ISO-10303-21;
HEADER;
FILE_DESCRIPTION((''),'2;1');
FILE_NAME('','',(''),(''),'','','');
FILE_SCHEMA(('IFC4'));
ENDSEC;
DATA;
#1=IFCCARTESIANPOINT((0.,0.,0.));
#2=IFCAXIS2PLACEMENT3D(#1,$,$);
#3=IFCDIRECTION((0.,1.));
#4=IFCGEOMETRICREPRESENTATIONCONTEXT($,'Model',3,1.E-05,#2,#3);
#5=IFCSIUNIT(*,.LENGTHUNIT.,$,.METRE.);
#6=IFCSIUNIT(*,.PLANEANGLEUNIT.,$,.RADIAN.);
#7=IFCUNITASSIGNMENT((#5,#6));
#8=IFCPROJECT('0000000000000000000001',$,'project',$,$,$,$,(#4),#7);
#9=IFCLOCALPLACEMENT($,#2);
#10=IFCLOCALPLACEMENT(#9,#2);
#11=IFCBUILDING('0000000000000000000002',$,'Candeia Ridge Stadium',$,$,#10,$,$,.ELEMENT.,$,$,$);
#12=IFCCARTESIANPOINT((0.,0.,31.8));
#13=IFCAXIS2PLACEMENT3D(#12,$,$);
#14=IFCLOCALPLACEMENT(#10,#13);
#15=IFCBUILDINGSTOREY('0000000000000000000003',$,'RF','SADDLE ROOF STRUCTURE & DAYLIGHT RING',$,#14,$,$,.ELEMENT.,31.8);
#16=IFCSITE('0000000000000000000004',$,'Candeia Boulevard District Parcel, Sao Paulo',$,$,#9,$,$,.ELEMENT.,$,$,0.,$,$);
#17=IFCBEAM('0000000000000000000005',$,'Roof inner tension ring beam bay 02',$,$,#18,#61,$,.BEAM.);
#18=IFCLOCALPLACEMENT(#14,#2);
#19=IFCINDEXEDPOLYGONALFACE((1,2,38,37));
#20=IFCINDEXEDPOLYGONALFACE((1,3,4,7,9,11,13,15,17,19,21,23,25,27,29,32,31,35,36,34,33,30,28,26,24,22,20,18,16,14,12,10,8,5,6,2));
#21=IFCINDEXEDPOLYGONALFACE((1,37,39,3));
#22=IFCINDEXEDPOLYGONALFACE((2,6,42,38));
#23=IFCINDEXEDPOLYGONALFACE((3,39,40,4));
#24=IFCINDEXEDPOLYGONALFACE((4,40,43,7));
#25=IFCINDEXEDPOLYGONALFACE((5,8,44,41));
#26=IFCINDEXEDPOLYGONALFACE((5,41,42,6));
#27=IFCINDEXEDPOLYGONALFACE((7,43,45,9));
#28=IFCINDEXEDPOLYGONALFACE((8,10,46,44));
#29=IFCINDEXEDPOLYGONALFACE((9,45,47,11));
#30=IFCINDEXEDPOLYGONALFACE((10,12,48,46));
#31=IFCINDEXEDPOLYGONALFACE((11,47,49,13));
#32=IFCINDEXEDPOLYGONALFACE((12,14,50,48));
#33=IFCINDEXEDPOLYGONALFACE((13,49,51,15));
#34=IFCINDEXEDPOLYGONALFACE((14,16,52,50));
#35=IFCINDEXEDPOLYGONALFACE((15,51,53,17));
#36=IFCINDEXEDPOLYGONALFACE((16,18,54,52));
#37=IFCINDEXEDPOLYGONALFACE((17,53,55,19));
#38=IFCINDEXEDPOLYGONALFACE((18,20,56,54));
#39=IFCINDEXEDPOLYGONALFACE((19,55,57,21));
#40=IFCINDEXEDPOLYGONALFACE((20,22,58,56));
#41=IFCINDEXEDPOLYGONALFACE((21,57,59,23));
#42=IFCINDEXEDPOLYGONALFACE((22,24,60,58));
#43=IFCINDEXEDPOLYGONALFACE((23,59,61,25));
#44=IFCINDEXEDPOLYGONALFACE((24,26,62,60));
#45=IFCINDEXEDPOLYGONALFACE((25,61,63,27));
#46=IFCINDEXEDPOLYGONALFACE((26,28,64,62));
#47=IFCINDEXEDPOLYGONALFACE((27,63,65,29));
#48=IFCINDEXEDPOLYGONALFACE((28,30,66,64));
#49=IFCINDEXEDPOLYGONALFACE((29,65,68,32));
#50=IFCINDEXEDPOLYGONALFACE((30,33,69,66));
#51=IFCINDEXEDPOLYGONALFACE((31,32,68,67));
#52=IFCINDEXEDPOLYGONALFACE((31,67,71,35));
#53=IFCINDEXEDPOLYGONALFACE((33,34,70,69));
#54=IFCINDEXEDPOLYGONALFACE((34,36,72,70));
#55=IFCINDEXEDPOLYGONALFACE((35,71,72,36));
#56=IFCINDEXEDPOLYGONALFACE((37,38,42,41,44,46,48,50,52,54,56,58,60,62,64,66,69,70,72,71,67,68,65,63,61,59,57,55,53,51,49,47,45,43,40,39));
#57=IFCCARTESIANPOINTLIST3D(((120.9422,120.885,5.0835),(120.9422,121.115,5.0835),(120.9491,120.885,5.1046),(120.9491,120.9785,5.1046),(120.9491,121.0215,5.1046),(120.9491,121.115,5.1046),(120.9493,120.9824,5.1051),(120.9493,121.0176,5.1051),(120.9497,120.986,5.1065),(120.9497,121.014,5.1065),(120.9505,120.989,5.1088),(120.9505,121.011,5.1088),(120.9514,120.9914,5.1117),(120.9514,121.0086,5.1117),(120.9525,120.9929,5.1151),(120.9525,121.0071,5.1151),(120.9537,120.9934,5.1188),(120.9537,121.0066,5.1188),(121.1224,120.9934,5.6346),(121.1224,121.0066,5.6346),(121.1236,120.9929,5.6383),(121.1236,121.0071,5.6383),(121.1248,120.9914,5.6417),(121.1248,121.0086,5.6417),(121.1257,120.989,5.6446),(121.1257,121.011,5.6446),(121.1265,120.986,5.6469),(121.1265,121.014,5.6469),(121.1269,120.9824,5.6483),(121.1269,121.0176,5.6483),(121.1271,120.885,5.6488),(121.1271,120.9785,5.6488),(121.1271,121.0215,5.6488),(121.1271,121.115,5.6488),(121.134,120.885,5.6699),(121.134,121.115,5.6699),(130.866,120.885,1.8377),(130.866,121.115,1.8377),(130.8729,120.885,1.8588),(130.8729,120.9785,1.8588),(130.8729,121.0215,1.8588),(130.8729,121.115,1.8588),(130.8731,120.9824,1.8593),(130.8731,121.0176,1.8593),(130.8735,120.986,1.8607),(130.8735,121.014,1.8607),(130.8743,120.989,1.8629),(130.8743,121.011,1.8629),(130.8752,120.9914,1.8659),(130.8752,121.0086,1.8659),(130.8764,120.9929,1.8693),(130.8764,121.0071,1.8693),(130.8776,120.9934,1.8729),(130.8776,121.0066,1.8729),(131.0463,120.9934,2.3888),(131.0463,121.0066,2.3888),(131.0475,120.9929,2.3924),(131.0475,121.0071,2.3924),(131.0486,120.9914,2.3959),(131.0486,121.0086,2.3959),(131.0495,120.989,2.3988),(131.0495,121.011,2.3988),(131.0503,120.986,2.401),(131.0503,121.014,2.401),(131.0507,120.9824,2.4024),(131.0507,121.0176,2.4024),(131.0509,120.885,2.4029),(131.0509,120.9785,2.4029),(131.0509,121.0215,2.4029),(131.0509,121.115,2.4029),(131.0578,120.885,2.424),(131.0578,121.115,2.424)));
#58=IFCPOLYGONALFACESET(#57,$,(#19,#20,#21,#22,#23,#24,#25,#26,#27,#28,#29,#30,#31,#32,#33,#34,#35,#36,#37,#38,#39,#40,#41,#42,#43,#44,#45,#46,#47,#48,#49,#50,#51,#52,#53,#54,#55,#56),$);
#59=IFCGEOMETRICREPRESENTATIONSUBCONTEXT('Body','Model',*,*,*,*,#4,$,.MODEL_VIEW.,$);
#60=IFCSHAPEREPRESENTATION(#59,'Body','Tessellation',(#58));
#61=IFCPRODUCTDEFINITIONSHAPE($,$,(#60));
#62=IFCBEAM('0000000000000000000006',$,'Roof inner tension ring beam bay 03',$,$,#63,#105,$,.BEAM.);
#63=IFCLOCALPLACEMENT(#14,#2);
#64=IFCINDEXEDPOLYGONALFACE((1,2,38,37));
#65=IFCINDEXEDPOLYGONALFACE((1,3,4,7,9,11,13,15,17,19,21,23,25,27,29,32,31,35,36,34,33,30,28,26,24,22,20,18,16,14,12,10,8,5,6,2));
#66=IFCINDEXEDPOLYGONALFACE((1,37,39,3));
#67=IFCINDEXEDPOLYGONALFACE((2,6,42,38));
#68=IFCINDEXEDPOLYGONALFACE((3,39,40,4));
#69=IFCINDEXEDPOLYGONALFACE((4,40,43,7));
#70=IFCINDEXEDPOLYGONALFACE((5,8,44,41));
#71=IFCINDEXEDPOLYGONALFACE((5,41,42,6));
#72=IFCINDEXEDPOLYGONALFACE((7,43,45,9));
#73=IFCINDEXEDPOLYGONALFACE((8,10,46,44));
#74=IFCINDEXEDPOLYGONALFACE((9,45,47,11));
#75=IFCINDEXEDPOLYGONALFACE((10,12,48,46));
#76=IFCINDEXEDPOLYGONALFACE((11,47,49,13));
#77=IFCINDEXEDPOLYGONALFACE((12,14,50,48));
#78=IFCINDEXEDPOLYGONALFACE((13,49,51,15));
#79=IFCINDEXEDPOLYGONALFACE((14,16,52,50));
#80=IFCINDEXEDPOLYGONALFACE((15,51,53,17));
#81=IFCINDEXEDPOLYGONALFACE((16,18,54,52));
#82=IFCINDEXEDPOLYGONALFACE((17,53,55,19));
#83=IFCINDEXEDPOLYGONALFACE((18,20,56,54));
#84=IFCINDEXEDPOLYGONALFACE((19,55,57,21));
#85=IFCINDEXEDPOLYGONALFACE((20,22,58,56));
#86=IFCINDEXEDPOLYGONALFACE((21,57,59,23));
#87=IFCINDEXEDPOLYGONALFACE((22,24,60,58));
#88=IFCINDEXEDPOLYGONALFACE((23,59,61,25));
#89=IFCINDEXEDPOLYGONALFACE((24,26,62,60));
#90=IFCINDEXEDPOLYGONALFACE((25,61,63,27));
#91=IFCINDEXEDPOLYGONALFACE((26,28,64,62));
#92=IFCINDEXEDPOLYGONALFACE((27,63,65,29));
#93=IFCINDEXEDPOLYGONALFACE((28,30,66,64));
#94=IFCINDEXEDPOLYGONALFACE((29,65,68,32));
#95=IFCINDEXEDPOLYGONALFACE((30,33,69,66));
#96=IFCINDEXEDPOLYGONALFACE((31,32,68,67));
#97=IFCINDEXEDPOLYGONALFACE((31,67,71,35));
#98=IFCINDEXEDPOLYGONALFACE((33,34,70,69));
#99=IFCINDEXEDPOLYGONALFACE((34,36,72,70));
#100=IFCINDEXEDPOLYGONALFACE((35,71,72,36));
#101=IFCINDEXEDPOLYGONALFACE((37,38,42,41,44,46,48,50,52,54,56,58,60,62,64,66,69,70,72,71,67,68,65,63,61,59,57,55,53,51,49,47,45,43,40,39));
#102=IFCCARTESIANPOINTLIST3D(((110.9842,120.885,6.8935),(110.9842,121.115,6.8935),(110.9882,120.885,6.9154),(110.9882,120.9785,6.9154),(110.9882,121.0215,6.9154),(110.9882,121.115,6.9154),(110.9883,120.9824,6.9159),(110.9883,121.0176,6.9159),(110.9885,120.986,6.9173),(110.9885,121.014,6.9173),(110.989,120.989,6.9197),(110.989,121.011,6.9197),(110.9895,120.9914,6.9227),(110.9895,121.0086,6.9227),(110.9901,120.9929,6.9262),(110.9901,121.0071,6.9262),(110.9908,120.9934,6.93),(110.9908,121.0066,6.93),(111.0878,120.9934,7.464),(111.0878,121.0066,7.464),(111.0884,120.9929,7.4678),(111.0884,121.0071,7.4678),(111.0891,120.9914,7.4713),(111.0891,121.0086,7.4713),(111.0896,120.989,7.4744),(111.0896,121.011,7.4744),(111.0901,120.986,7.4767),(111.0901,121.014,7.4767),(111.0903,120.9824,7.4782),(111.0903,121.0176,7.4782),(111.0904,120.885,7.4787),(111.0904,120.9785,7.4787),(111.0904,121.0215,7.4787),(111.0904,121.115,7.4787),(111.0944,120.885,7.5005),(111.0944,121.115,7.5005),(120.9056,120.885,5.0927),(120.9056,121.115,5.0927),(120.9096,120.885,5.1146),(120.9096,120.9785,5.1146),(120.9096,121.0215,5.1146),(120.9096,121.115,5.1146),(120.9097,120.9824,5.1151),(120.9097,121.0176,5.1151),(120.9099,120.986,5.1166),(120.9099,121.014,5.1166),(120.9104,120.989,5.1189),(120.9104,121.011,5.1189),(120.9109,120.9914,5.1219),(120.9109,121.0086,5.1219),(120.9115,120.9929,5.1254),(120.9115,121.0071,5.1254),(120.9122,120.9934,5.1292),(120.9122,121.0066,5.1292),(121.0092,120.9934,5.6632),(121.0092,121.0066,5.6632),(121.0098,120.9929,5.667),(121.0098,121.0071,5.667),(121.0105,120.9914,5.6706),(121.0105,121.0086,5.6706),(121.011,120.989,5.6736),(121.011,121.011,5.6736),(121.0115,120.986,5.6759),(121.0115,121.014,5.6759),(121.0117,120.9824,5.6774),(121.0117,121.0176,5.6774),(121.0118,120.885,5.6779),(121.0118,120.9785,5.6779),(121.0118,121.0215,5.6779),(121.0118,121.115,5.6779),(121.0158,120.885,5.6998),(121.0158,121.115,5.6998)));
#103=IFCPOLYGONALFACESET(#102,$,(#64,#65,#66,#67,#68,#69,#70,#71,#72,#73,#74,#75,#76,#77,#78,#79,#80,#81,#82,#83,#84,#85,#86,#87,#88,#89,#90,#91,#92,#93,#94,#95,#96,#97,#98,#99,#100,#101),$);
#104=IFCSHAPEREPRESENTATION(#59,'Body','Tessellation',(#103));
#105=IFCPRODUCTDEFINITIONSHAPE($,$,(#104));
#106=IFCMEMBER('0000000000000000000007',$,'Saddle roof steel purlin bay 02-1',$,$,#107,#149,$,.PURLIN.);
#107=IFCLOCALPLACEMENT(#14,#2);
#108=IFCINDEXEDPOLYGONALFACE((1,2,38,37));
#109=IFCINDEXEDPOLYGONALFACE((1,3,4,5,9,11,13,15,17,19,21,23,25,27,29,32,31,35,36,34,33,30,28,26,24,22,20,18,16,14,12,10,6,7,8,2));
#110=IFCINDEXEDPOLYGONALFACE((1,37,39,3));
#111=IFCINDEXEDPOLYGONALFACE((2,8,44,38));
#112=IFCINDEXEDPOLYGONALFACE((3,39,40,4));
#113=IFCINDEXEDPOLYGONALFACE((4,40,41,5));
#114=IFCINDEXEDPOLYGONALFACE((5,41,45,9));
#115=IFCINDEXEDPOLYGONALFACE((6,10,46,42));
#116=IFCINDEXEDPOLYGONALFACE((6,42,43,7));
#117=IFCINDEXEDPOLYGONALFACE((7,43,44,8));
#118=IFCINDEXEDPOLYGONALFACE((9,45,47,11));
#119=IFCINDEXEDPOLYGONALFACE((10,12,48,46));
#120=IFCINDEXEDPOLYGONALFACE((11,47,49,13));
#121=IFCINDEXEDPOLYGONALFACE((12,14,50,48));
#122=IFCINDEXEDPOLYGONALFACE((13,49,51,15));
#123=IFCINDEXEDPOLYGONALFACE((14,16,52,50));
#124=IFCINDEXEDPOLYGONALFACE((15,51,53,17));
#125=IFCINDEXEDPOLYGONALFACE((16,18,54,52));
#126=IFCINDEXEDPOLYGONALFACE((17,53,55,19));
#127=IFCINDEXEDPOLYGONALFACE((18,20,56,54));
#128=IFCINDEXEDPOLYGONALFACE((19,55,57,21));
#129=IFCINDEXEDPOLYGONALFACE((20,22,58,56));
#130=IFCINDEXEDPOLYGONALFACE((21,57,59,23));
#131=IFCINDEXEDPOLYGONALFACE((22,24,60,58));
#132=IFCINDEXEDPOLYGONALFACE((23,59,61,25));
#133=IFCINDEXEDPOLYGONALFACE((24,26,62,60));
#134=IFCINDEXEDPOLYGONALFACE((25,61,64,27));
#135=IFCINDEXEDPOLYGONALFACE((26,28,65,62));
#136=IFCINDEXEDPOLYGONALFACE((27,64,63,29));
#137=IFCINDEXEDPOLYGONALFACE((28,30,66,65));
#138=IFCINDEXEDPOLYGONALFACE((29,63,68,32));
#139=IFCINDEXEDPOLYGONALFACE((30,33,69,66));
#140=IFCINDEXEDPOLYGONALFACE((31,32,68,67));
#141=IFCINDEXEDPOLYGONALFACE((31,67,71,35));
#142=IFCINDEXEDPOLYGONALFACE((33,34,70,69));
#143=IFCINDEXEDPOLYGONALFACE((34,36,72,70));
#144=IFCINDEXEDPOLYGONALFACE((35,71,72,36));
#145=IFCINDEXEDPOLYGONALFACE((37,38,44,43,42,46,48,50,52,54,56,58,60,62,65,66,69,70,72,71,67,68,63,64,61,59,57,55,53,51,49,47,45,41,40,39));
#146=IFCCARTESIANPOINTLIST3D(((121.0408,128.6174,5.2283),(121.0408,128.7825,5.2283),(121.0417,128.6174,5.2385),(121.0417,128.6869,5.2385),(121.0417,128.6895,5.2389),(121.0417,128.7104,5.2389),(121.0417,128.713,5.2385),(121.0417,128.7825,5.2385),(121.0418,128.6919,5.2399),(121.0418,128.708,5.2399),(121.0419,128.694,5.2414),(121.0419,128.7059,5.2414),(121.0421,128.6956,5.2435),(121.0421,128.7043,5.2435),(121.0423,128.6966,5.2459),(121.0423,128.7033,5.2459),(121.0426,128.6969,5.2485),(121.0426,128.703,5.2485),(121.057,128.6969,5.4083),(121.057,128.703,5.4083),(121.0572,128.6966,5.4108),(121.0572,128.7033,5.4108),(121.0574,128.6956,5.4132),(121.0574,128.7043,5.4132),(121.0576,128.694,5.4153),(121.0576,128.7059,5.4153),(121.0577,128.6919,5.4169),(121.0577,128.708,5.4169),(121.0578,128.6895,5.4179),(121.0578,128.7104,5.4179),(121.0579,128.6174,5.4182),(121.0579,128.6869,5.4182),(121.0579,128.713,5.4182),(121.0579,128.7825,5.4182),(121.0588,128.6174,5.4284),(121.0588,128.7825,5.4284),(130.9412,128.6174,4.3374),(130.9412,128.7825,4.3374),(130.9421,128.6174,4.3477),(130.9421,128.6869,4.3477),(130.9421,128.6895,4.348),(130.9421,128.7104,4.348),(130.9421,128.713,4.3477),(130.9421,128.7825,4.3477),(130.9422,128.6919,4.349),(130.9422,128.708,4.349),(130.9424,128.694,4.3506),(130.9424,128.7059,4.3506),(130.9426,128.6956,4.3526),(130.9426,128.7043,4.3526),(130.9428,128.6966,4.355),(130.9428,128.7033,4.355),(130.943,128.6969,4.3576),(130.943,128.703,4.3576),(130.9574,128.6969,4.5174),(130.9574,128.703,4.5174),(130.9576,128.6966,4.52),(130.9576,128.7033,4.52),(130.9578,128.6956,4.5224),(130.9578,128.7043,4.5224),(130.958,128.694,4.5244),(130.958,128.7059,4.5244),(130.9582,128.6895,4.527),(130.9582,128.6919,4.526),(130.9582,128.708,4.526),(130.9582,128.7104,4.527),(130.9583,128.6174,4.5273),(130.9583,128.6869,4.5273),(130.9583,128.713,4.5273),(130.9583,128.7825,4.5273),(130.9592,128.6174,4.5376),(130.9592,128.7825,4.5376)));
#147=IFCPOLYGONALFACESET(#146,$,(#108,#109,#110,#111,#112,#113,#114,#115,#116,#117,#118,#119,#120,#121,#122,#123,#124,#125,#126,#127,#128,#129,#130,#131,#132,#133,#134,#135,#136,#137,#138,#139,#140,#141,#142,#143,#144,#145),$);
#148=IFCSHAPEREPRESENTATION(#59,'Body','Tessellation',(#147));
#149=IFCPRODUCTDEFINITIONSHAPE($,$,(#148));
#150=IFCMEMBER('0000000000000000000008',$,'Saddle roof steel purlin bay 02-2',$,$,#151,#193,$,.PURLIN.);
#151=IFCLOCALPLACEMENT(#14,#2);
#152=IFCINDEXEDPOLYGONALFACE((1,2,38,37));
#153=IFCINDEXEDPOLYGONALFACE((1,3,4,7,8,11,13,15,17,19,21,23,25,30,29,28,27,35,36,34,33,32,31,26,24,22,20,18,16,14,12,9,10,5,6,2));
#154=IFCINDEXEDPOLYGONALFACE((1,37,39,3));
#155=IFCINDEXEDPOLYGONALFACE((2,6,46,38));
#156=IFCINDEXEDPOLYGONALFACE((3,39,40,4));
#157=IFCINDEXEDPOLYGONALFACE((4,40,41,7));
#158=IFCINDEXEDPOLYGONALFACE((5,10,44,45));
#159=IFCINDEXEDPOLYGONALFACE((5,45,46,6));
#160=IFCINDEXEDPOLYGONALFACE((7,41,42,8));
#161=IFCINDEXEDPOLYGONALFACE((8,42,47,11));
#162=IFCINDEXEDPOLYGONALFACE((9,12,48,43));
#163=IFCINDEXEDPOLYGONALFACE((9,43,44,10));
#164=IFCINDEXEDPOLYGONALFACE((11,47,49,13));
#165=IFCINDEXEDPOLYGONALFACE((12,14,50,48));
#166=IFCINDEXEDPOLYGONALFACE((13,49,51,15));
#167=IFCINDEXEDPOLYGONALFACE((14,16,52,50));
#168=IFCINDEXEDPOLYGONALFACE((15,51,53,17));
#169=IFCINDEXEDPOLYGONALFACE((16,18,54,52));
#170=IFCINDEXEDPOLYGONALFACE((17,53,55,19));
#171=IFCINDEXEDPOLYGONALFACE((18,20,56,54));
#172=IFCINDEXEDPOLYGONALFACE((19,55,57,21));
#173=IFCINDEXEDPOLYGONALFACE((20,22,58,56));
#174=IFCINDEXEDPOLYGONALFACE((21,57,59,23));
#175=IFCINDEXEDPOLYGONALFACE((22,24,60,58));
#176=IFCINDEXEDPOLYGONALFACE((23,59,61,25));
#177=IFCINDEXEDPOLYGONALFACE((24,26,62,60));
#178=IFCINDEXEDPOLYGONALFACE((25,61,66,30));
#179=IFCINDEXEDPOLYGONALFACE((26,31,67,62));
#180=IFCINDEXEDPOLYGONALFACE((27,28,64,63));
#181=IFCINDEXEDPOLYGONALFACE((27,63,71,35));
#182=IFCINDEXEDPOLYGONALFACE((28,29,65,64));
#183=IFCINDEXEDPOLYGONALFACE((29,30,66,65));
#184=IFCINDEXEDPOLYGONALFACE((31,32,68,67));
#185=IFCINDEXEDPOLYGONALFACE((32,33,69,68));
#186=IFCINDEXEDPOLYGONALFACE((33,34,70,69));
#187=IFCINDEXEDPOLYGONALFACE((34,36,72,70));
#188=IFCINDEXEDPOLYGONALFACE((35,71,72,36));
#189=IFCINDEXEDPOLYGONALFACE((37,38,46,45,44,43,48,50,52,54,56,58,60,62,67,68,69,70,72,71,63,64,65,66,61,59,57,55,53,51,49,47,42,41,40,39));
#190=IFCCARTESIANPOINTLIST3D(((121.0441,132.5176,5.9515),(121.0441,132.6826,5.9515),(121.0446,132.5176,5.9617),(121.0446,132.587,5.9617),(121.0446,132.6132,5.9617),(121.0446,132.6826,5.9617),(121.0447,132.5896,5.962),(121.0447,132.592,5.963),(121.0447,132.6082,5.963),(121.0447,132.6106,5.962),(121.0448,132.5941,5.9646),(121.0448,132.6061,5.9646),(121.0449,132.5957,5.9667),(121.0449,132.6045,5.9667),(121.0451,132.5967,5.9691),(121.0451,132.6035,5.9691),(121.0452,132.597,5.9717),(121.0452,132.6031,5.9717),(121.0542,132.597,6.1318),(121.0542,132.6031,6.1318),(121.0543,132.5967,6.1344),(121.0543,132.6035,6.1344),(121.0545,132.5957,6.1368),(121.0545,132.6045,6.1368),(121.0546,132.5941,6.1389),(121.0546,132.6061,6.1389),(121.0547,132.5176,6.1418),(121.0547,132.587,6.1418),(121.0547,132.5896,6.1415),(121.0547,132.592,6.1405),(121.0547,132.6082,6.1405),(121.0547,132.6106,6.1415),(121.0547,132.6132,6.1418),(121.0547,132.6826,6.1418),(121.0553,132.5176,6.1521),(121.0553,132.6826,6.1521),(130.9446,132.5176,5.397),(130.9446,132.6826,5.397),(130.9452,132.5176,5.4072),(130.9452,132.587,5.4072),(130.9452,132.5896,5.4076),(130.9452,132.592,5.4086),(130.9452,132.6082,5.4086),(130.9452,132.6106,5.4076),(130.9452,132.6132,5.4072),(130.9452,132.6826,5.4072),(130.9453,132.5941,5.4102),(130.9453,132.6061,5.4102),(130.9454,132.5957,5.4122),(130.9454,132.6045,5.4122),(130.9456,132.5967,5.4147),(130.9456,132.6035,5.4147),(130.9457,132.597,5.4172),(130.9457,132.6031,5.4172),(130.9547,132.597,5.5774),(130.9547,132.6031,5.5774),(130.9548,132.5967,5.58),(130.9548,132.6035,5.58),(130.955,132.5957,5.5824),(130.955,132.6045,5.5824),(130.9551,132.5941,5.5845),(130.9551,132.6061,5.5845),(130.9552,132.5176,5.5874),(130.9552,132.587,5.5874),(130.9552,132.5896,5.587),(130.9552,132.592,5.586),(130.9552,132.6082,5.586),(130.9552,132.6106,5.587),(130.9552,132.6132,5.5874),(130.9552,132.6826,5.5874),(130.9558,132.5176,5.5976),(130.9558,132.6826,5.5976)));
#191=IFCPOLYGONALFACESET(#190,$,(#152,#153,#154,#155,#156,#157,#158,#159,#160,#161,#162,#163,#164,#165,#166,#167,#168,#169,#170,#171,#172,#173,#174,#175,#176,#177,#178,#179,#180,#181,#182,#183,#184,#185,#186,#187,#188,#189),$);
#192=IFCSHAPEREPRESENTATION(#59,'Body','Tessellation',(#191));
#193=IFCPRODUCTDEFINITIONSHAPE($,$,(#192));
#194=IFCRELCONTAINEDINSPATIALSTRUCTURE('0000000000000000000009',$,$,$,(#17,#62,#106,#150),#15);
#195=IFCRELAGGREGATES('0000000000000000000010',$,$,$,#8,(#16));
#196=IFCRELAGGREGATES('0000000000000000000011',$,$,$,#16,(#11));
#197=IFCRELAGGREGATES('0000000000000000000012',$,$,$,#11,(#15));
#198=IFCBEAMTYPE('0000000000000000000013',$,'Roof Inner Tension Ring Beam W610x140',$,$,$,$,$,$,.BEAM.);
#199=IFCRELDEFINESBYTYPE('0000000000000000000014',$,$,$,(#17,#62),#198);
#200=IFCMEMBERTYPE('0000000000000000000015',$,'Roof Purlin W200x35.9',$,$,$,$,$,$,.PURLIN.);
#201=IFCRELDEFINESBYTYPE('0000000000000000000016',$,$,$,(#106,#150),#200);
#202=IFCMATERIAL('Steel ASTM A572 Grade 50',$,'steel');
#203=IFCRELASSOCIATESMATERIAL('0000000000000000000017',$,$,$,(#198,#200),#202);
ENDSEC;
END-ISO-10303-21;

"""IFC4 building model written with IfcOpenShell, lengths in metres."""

from ifc_helpers import new_model, si_unit, direction, frame, origin, origin_2d, place, context, subcontext, project, spatial, i_section, extrude, material, material_profile, profile_set, type_object, element, save


model = new_model("IFC4")

# Units and contexts
model_context = context("Model", 3, precision=1e-05, world=origin(), true_north=direction((0.0, 1.0)))
body_context = subcontext(model_context, "Body", "Model", "MODEL_VIEW")
ifc_project = project(units=[si_unit("LENGTHUNIT", "METRE"), si_unit("PLANEANGLEUNIT", "RADIAN")], contexts=[model_context])

# Site, building, storey
site_placement = place(None, origin())
site = spatial("IfcSite", under=ifc_project, at=site_placement, Name="Candeia Boulevard District Parcel, Sao Paulo", CompositionType="ELEMENT", RefElevation=0.0)
building_placement = place(site_placement, origin())
building = spatial("IfcBuilding", under=site, at=building_placement, Name="Candeia Ridge Stadium", CompositionType="ELEMENT")
storey_placement = place(building_placement, frame((0.0, 0.0, 31.8)))
storey = spatial("IfcBuildingStorey", under=building, at=storey_placement, Name="RF", Description="SADDLE ROOF STRUCTURE & DAYLIGHT RING", CompositionType="ELEMENT", Elevation=31.8)

# Shared definitions
ifc_material_1 = material(Name="Steel ASTM A572 Grade 50", Category="steel")

# Beams
ifc_material_profile_1 = material_profile(ifc_material_1, i_section(OverallWidth=0.23, OverallDepth=0.6169, WebThickness=0.0132, FlangeThickness=0.0222, FilletRadius=0.0149, at=origin_2d()), Name="W610x140", Category="steel")
ifc_profile_set_1 = profile_set([ifc_material_profile_1], Name="Steel ASTM A572 Grade 50")
beam_type_1 = type_object("IfcBeamType", Name="Roof Inner Tension Ring Beam W610x140", PredefinedType="BEAM", material=ifc_profile_set_1)
beam_1_placement = place(storey_placement, frame((130.9619, 121.0, 2.1309), z_axis=(-0.950452, 0.0, 0.31087), x_axis=(0.0, -1.0, 0.0)))
element("IfcBeam", 1, at=beam_1_placement, inside=storey, type_object=beam_type_1, Name="Roof inner tension ring beam bay 02", PredefinedType="BEAM", context=body_context, shape_type="SweptSolid", body=[
    extrude(i_section(OverallWidth=0.23, OverallDepth=0.6169, WebThickness=0.0132, FlangeThickness=0.0222, FilletRadius=0.0149, at=origin_2d()), origin(), (0.0, 0.0, 1.0), 10.4412),
])
beam_2_placement = place(storey_placement, frame((120.9607, 121.0, 5.3962), z_axis=(-0.983924, 0.0, 0.178587), x_axis=(0.0, -1.0, 0.0)))
element("IfcBeam", 2, at=beam_2_placement, inside=storey, type_object=beam_type_1, Name="Roof inner tension ring beam bay 03", PredefinedType="BEAM", context=body_context, shape_type="SweptSolid", body=[
    extrude(i_section(OverallWidth=0.23, OverallDepth=0.6169, WebThickness=0.0132, FlangeThickness=0.0222, FilletRadius=0.0149, at=origin_2d()), origin(), (0.0, 0.0, 1.0), 10.0835),
])

# Members
ifc_material_profile_2 = material_profile(ifc_material_1, i_section(OverallWidth=0.165, OverallDepth=0.2009, WebThickness=0.0061, FlangeThickness=0.0103, FilletRadius=0.01, at=origin_2d()), Name="W200x35.9", Category="steel")
ifc_profile_set_2 = profile_set([ifc_material_profile_2], Name="Steel ASTM A572 Grade 50")
member_type_1 = type_object("IfcMemberType", Name="Roof Purlin W200x35.9", PredefinedType="PURLIN", material=ifc_profile_set_2)
member_1_placement = place(storey_placement, frame((130.9502, 128.7, 4.4375), z_axis=(-0.995976, 0.0, 0.089621), x_axis=(0.0, -1.0, 0.0)))
element("IfcMember", 3, at=member_1_placement, inside=storey, type_object=member_type_1, Name="Saddle roof steel purlin bay 02-1", PredefinedType="PURLIN", context=body_context, shape_type="SweptSolid", body=[
    extrude(i_section(OverallWidth=0.165, OverallDepth=0.2009, WebThickness=0.0061, FlangeThickness=0.0103, FilletRadius=0.01, at=origin_2d()), origin(), (0.0, 0.0, 1.0), 9.9404),
])
member_2_placement = place(storey_placement, frame((130.9502, 132.6001, 5.4973), z_axis=(-0.998436, 0.0, 0.055915), x_axis=(0.0, -1.0, 0.0)))
element("IfcMember", 4, at=member_2_placement, inside=storey, type_object=member_type_1, Name="Saddle roof steel purlin bay 02-2", PredefinedType="PURLIN", context=body_context, shape_type="SweptSolid", body=[
    extrude(i_section(OverallWidth=0.165, OverallDepth=0.2009, WebThickness=0.0061, FlangeThickness=0.0103, FilletRadius=0.01, at=origin_2d()), origin(), (0.0, 0.0, 1.0), 9.916),
])

save(model, "model.ifc")
